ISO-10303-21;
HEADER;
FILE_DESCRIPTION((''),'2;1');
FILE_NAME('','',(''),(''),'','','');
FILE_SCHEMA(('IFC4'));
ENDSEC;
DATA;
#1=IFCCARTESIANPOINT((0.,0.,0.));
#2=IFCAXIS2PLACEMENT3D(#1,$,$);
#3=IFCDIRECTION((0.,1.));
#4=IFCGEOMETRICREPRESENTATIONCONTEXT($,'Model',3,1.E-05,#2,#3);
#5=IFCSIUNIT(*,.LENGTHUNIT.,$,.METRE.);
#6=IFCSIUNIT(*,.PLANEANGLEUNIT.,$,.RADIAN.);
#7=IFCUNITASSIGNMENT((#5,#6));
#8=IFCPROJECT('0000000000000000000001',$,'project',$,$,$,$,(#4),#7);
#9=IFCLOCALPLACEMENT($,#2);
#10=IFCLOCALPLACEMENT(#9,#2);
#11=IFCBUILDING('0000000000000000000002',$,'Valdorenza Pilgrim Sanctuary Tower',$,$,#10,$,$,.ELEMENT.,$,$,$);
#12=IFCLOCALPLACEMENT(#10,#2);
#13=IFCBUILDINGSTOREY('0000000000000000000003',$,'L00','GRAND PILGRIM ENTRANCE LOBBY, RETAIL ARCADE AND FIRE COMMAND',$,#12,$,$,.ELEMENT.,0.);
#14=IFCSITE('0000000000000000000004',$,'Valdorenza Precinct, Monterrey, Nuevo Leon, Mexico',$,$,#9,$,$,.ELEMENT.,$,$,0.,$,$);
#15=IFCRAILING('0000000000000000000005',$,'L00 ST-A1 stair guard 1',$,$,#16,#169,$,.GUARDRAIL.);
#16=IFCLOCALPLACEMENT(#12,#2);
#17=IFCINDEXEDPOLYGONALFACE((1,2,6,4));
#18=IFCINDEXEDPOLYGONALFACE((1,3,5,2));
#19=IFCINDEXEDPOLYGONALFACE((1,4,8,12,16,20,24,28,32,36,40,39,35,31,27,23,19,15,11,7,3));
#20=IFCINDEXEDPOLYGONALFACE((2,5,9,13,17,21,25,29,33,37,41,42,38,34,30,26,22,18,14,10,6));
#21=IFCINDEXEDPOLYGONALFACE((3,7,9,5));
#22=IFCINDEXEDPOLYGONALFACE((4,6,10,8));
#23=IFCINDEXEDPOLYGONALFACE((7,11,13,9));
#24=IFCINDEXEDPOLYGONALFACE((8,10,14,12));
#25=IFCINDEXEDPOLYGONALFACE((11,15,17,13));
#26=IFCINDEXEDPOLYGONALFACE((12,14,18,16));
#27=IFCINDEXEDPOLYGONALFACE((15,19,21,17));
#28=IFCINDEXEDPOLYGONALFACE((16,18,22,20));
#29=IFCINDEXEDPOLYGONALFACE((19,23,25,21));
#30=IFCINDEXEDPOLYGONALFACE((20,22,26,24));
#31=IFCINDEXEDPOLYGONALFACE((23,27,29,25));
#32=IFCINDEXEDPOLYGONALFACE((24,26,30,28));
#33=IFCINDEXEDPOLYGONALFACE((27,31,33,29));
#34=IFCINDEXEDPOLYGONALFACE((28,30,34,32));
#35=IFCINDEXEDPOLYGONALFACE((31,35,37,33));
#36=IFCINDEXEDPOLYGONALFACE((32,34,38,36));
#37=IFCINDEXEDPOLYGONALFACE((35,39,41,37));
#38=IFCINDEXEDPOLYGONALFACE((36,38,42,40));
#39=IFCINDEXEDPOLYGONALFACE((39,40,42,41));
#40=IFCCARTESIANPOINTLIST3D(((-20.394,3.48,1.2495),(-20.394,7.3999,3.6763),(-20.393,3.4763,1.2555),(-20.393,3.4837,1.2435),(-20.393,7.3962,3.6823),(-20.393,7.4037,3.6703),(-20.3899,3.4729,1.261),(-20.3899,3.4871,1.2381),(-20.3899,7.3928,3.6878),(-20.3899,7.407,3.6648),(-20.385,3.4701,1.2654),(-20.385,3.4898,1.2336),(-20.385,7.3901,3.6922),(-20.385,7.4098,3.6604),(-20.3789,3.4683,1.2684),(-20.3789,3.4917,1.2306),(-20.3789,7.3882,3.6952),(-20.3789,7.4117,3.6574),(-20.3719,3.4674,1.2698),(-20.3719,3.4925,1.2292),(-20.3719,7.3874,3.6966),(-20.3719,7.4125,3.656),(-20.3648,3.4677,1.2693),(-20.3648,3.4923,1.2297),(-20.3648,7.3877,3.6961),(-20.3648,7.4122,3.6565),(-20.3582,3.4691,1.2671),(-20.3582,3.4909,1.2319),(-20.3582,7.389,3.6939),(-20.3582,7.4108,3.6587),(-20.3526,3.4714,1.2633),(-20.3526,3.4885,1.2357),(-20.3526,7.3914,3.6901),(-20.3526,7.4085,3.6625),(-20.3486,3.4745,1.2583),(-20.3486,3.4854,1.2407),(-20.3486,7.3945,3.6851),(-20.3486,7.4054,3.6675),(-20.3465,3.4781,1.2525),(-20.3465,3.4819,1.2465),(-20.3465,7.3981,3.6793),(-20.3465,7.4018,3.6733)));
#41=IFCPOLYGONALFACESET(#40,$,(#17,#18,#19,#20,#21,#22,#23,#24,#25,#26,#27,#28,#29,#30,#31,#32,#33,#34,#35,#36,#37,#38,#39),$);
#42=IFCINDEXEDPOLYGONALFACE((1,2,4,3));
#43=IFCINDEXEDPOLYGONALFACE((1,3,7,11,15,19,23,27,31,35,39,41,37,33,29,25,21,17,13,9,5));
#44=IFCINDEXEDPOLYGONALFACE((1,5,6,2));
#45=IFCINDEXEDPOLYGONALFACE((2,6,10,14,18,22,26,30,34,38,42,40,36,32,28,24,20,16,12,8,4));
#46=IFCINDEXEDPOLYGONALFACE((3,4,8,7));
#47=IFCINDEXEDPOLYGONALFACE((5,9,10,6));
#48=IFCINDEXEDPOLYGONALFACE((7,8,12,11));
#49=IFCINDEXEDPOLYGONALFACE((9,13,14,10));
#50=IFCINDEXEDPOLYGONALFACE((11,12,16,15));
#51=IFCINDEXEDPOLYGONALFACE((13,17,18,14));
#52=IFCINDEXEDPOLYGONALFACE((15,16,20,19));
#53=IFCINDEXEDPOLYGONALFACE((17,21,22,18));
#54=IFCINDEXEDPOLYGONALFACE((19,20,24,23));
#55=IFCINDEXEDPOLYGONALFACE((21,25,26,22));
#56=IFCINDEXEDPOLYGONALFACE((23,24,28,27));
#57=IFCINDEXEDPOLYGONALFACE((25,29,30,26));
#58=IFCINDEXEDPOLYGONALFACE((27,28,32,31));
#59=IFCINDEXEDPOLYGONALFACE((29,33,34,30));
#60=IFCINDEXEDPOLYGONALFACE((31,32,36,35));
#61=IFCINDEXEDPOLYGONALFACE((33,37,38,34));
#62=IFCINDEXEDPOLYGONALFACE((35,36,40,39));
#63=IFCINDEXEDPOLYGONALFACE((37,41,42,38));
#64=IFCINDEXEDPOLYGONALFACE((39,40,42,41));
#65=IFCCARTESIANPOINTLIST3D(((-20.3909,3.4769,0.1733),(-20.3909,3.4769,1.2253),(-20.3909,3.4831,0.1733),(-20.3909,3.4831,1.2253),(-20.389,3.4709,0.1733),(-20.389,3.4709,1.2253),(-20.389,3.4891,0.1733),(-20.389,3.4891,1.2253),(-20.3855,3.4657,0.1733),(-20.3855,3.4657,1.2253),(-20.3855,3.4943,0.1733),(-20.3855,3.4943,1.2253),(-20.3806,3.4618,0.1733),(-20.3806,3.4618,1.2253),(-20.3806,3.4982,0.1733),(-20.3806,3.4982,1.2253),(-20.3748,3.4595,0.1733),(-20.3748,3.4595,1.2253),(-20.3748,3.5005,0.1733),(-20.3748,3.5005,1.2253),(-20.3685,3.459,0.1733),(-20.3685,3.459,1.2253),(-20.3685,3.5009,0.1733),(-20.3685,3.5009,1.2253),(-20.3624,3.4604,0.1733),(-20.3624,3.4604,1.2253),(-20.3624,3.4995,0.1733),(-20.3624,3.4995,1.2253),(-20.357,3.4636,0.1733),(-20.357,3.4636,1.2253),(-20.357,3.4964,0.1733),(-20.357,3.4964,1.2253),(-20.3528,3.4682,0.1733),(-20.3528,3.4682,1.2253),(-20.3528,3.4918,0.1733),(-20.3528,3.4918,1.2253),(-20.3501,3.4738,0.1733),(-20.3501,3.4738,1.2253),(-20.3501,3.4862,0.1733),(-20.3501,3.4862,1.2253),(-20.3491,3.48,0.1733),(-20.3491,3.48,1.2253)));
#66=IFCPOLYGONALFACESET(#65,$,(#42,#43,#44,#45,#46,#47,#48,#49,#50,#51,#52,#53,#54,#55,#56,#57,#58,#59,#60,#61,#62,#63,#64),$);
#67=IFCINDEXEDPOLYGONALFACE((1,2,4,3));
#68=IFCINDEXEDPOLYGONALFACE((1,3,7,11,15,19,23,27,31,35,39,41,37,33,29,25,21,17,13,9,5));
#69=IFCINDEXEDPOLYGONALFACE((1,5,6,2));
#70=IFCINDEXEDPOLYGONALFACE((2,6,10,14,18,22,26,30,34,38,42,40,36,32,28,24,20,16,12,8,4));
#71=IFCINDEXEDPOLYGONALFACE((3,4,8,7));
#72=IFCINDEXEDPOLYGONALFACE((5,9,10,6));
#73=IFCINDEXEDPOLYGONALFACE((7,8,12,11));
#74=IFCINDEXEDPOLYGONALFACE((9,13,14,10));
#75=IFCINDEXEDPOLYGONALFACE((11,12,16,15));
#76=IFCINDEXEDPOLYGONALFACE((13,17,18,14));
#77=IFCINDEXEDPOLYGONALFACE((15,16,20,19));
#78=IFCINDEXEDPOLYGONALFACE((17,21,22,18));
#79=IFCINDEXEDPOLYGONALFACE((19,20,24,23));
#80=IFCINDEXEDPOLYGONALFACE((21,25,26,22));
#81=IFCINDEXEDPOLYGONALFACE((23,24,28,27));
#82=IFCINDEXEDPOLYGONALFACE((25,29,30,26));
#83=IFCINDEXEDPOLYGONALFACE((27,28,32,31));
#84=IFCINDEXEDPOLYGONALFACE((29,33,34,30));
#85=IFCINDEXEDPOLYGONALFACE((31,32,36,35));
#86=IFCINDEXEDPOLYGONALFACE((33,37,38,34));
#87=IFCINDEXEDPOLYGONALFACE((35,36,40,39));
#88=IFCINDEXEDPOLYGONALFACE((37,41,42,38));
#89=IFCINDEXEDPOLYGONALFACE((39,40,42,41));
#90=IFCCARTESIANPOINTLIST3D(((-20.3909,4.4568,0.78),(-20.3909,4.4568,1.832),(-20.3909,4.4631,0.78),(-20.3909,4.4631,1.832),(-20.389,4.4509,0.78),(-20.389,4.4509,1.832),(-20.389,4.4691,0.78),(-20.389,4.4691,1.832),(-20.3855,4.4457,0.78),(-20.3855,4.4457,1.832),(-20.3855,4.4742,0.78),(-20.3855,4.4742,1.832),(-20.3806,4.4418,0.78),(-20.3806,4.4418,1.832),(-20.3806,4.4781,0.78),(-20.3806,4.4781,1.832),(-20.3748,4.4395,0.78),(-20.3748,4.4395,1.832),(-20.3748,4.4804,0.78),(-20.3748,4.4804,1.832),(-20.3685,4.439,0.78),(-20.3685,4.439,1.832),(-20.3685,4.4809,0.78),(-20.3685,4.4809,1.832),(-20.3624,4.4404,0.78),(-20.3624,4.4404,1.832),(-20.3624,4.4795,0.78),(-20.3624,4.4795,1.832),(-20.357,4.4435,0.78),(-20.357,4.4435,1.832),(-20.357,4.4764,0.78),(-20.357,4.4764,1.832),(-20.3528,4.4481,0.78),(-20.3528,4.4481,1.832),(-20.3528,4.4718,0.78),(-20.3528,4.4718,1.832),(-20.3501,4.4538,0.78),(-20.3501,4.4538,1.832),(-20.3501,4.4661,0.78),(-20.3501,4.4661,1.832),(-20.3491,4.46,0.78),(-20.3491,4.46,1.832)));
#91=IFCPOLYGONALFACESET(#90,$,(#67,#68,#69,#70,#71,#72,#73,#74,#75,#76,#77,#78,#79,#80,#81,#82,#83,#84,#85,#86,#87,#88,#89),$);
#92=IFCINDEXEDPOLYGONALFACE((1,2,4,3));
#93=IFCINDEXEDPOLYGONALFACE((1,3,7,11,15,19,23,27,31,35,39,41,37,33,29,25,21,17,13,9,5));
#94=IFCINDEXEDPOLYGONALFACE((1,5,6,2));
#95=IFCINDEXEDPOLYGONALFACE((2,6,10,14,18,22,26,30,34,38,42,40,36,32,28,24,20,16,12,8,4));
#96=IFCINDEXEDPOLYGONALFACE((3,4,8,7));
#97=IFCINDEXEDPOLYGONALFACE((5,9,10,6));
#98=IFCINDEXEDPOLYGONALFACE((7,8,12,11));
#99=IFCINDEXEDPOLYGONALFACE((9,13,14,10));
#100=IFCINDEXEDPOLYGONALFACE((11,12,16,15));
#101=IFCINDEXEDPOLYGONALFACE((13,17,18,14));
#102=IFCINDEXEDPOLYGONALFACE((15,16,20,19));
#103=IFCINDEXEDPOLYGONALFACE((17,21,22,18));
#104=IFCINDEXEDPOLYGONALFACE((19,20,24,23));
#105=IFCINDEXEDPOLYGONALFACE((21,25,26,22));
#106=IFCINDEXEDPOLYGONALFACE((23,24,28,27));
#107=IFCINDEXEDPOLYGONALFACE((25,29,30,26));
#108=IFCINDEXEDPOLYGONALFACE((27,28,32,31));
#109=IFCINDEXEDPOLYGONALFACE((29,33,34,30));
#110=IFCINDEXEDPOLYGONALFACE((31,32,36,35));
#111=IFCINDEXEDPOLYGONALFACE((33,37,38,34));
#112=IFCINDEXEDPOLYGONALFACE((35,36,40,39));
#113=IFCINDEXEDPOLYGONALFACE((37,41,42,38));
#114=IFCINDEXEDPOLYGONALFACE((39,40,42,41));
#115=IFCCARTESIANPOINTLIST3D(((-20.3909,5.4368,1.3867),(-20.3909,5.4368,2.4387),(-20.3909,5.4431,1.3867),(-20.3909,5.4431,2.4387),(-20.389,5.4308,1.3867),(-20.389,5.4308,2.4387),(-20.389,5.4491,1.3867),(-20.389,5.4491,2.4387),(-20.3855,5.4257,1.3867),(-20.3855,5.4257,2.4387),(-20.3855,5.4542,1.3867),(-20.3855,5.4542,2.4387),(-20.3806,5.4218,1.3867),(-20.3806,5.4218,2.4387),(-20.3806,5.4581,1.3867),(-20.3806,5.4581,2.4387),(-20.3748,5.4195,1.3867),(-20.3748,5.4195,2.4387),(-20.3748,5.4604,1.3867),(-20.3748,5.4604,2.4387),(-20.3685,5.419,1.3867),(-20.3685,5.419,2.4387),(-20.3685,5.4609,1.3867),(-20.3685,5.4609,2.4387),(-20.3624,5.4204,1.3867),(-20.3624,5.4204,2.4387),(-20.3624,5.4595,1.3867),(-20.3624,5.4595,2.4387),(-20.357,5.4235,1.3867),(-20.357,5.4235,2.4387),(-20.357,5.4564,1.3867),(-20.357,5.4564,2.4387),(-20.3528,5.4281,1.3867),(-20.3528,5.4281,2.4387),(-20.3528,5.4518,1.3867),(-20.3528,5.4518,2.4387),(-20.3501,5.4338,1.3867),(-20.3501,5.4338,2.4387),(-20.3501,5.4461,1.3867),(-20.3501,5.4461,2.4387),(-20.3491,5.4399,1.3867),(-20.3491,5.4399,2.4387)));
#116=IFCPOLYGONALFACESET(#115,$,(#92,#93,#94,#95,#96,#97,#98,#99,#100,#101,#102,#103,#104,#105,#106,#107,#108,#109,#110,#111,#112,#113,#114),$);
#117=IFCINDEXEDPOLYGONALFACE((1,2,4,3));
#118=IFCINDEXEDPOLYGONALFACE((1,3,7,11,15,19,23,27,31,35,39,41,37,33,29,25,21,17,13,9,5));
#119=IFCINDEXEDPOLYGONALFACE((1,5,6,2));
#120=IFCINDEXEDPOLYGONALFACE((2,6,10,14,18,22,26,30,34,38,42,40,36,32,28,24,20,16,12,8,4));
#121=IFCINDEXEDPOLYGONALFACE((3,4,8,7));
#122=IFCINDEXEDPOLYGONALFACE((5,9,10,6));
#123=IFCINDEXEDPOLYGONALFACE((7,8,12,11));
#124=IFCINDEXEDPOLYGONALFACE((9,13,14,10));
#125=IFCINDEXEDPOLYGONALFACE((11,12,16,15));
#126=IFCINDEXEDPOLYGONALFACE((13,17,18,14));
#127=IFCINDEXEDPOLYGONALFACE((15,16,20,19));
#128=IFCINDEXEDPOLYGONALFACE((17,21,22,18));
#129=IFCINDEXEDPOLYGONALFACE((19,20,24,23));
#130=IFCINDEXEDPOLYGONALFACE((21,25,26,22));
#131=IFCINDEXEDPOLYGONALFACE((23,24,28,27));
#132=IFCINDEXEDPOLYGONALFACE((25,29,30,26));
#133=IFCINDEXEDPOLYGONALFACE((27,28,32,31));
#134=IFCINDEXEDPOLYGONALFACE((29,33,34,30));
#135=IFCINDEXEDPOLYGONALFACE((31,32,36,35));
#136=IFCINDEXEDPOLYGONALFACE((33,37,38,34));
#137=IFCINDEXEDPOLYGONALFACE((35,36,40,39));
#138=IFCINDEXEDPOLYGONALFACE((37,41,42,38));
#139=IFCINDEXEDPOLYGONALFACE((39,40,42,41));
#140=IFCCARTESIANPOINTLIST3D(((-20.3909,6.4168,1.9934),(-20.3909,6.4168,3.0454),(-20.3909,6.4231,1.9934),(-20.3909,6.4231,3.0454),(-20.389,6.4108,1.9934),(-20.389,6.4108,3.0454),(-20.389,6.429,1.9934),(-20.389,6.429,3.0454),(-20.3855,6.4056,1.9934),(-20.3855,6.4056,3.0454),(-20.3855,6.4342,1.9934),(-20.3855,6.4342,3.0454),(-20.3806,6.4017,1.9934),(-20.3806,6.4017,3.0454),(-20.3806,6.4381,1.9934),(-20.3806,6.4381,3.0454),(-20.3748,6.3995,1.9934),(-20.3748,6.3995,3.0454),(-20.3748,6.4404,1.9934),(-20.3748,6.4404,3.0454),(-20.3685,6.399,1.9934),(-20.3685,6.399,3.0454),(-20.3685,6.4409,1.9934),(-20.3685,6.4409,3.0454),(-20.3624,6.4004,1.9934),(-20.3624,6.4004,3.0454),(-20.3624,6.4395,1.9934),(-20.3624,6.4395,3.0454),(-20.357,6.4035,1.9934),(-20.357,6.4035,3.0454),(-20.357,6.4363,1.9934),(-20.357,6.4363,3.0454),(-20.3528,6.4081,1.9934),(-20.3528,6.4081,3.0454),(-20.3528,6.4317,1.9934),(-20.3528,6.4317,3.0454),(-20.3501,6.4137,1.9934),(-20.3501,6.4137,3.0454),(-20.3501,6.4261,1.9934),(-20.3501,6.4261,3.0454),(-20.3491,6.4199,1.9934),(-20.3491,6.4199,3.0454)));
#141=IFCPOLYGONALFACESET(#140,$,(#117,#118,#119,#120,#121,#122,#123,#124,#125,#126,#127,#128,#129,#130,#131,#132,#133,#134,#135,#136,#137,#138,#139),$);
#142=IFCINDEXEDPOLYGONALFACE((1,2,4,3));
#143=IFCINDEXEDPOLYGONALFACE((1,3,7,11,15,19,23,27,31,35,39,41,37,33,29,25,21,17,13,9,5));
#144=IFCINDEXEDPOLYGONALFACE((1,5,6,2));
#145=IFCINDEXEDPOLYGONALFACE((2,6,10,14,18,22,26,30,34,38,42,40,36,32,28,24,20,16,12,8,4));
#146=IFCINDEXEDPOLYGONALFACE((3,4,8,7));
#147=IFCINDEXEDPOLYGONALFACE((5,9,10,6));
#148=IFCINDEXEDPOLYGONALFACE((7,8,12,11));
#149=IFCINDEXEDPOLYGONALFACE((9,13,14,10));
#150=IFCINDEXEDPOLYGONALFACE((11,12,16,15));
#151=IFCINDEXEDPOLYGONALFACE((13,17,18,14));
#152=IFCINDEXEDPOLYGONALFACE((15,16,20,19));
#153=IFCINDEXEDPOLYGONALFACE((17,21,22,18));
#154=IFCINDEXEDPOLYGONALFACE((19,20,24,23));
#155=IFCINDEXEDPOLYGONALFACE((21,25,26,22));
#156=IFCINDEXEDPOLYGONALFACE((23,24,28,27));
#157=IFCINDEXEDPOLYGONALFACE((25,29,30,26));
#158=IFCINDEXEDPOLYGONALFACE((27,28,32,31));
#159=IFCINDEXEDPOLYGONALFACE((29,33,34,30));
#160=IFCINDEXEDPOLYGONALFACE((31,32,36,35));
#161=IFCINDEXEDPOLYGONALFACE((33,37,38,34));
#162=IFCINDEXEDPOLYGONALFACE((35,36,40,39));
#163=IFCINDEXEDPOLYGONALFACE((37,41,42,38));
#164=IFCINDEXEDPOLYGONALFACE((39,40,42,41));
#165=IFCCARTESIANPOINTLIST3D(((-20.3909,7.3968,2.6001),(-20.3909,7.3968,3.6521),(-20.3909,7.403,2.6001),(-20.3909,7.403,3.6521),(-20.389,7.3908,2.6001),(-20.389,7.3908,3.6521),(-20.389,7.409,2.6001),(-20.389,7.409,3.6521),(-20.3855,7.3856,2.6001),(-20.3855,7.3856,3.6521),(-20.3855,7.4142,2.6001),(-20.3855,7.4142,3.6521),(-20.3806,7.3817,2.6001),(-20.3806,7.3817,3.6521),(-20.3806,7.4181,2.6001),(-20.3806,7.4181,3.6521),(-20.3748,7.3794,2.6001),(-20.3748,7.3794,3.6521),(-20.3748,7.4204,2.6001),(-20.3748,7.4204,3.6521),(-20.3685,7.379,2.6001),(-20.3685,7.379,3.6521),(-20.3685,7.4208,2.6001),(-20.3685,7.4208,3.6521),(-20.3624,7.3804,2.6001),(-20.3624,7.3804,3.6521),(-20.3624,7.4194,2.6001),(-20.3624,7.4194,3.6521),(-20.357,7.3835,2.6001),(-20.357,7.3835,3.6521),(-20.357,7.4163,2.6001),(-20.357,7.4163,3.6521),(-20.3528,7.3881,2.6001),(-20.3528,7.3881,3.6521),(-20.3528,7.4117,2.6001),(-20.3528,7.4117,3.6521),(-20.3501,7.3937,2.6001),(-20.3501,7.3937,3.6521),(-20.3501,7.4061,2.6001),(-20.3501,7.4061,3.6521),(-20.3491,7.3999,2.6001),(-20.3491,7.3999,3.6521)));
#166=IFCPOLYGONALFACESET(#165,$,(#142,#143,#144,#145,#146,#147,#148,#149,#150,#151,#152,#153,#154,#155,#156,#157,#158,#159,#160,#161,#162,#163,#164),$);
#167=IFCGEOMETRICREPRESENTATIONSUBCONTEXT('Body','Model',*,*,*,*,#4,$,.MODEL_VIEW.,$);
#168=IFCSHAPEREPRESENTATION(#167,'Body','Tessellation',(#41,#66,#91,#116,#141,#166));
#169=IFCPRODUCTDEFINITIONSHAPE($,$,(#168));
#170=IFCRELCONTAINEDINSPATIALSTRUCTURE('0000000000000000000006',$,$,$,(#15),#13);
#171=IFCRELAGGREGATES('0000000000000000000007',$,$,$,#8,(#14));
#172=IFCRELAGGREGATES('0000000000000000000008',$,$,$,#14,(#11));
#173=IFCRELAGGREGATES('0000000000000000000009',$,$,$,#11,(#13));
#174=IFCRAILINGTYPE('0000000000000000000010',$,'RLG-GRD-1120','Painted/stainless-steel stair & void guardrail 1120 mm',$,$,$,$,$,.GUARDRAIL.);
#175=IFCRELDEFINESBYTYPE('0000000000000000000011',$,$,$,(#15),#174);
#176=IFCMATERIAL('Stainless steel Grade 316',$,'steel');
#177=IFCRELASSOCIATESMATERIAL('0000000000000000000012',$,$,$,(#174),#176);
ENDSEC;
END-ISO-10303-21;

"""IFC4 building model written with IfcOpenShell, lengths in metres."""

from ifc_helpers import new_model, si_unit, direction, frame, origin, origin_2d, place, context, subcontext, project, spatial, circle, extrude, material, type_object, element, save


model = new_model("IFC4")

# Units and contexts
model_context = context("Model", 3, precision=1e-05, world=origin(), true_north=direction((0.0, 1.0)))
body_context = subcontext(model_context, "Body", "Model", "MODEL_VIEW")
ifc_project = project(units=[si_unit("LENGTHUNIT", "METRE"), si_unit("PLANEANGLEUNIT", "RADIAN")], contexts=[model_context])

# Site, building, storey
site_placement = place(None, origin())
site = spatial("IfcSite", under=ifc_project, at=site_placement, Name="Valdorenza Precinct, Monterrey, Nuevo Leon, Mexico", CompositionType="ELEMENT", RefElevation=0.0)
building_placement = place(site_placement, origin())
building = spatial("IfcBuilding", under=site, at=building_placement, Name="Valdorenza Pilgrim Sanctuary Tower", CompositionType="ELEMENT")
storey_placement = place(building_placement, origin())
storey = spatial("IfcBuildingStorey", under=building, at=storey_placement, Name="L00", Description="GRAND PILGRIM ENTRANCE LOBBY, RETAIL ARCADE AND FIRE COMMAND", CompositionType="ELEMENT", Elevation=0.0)

# Railing
ifc_material_1 = material(Name="Stainless steel Grade 316", Category="steel")
railing_type_1 = type_object("IfcRailingType", Name="RLG-GRD-1120", Description="Painted/stainless-steel stair & void guardrail 1120 mm", PredefinedType="GUARDRAIL", material=ifc_material_1)
railing_1_placement = place(storey_placement, frame((-20.3701, 3.48, 0.1733)))
element("IfcRailing", 1, at=railing_1_placement, inside=storey, type_object=railing_type_1, Name="L00 ST-A1 stair guard 1", PredefinedType="GUARDRAIL", context=body_context, shape_type="SweptSolid", body=[
    extrude(circle(Radius=0.0239, at=origin_2d()), frame((0.0, 0.0, 1.0762), z_axis=(0.0, 0.850252, 0.526376), x_axis=(-1.0, 0.0, 0.0)), (0.0, 0.0, 1.0), 4.6104),
    extrude(circle(Radius=0.021, at=origin_2d()), origin(), (0.0, 0.0, 1.0), 1.052),
    extrude(circle(Radius=0.021, at=origin_2d()), frame((0.0, 0.98, 0.6067)), (0.0, 0.0, 1.0), 1.052),
    extrude(circle(Radius=0.021, at=origin_2d()), frame((0.0, 1.96, 1.2134)), (0.0, 0.0, 1.0), 1.052),
    extrude(circle(Radius=0.021, at=origin_2d()), frame((0.0, 2.9399, 1.8201)), (0.0, 0.0, 1.0), 1.052),
    extrude(circle(Radius=0.021, at=origin_2d()), frame((0.0, 3.9199, 2.4268)), (0.0, 0.0, 1.0), 1.052),
])

save(model, "model.ifc")
